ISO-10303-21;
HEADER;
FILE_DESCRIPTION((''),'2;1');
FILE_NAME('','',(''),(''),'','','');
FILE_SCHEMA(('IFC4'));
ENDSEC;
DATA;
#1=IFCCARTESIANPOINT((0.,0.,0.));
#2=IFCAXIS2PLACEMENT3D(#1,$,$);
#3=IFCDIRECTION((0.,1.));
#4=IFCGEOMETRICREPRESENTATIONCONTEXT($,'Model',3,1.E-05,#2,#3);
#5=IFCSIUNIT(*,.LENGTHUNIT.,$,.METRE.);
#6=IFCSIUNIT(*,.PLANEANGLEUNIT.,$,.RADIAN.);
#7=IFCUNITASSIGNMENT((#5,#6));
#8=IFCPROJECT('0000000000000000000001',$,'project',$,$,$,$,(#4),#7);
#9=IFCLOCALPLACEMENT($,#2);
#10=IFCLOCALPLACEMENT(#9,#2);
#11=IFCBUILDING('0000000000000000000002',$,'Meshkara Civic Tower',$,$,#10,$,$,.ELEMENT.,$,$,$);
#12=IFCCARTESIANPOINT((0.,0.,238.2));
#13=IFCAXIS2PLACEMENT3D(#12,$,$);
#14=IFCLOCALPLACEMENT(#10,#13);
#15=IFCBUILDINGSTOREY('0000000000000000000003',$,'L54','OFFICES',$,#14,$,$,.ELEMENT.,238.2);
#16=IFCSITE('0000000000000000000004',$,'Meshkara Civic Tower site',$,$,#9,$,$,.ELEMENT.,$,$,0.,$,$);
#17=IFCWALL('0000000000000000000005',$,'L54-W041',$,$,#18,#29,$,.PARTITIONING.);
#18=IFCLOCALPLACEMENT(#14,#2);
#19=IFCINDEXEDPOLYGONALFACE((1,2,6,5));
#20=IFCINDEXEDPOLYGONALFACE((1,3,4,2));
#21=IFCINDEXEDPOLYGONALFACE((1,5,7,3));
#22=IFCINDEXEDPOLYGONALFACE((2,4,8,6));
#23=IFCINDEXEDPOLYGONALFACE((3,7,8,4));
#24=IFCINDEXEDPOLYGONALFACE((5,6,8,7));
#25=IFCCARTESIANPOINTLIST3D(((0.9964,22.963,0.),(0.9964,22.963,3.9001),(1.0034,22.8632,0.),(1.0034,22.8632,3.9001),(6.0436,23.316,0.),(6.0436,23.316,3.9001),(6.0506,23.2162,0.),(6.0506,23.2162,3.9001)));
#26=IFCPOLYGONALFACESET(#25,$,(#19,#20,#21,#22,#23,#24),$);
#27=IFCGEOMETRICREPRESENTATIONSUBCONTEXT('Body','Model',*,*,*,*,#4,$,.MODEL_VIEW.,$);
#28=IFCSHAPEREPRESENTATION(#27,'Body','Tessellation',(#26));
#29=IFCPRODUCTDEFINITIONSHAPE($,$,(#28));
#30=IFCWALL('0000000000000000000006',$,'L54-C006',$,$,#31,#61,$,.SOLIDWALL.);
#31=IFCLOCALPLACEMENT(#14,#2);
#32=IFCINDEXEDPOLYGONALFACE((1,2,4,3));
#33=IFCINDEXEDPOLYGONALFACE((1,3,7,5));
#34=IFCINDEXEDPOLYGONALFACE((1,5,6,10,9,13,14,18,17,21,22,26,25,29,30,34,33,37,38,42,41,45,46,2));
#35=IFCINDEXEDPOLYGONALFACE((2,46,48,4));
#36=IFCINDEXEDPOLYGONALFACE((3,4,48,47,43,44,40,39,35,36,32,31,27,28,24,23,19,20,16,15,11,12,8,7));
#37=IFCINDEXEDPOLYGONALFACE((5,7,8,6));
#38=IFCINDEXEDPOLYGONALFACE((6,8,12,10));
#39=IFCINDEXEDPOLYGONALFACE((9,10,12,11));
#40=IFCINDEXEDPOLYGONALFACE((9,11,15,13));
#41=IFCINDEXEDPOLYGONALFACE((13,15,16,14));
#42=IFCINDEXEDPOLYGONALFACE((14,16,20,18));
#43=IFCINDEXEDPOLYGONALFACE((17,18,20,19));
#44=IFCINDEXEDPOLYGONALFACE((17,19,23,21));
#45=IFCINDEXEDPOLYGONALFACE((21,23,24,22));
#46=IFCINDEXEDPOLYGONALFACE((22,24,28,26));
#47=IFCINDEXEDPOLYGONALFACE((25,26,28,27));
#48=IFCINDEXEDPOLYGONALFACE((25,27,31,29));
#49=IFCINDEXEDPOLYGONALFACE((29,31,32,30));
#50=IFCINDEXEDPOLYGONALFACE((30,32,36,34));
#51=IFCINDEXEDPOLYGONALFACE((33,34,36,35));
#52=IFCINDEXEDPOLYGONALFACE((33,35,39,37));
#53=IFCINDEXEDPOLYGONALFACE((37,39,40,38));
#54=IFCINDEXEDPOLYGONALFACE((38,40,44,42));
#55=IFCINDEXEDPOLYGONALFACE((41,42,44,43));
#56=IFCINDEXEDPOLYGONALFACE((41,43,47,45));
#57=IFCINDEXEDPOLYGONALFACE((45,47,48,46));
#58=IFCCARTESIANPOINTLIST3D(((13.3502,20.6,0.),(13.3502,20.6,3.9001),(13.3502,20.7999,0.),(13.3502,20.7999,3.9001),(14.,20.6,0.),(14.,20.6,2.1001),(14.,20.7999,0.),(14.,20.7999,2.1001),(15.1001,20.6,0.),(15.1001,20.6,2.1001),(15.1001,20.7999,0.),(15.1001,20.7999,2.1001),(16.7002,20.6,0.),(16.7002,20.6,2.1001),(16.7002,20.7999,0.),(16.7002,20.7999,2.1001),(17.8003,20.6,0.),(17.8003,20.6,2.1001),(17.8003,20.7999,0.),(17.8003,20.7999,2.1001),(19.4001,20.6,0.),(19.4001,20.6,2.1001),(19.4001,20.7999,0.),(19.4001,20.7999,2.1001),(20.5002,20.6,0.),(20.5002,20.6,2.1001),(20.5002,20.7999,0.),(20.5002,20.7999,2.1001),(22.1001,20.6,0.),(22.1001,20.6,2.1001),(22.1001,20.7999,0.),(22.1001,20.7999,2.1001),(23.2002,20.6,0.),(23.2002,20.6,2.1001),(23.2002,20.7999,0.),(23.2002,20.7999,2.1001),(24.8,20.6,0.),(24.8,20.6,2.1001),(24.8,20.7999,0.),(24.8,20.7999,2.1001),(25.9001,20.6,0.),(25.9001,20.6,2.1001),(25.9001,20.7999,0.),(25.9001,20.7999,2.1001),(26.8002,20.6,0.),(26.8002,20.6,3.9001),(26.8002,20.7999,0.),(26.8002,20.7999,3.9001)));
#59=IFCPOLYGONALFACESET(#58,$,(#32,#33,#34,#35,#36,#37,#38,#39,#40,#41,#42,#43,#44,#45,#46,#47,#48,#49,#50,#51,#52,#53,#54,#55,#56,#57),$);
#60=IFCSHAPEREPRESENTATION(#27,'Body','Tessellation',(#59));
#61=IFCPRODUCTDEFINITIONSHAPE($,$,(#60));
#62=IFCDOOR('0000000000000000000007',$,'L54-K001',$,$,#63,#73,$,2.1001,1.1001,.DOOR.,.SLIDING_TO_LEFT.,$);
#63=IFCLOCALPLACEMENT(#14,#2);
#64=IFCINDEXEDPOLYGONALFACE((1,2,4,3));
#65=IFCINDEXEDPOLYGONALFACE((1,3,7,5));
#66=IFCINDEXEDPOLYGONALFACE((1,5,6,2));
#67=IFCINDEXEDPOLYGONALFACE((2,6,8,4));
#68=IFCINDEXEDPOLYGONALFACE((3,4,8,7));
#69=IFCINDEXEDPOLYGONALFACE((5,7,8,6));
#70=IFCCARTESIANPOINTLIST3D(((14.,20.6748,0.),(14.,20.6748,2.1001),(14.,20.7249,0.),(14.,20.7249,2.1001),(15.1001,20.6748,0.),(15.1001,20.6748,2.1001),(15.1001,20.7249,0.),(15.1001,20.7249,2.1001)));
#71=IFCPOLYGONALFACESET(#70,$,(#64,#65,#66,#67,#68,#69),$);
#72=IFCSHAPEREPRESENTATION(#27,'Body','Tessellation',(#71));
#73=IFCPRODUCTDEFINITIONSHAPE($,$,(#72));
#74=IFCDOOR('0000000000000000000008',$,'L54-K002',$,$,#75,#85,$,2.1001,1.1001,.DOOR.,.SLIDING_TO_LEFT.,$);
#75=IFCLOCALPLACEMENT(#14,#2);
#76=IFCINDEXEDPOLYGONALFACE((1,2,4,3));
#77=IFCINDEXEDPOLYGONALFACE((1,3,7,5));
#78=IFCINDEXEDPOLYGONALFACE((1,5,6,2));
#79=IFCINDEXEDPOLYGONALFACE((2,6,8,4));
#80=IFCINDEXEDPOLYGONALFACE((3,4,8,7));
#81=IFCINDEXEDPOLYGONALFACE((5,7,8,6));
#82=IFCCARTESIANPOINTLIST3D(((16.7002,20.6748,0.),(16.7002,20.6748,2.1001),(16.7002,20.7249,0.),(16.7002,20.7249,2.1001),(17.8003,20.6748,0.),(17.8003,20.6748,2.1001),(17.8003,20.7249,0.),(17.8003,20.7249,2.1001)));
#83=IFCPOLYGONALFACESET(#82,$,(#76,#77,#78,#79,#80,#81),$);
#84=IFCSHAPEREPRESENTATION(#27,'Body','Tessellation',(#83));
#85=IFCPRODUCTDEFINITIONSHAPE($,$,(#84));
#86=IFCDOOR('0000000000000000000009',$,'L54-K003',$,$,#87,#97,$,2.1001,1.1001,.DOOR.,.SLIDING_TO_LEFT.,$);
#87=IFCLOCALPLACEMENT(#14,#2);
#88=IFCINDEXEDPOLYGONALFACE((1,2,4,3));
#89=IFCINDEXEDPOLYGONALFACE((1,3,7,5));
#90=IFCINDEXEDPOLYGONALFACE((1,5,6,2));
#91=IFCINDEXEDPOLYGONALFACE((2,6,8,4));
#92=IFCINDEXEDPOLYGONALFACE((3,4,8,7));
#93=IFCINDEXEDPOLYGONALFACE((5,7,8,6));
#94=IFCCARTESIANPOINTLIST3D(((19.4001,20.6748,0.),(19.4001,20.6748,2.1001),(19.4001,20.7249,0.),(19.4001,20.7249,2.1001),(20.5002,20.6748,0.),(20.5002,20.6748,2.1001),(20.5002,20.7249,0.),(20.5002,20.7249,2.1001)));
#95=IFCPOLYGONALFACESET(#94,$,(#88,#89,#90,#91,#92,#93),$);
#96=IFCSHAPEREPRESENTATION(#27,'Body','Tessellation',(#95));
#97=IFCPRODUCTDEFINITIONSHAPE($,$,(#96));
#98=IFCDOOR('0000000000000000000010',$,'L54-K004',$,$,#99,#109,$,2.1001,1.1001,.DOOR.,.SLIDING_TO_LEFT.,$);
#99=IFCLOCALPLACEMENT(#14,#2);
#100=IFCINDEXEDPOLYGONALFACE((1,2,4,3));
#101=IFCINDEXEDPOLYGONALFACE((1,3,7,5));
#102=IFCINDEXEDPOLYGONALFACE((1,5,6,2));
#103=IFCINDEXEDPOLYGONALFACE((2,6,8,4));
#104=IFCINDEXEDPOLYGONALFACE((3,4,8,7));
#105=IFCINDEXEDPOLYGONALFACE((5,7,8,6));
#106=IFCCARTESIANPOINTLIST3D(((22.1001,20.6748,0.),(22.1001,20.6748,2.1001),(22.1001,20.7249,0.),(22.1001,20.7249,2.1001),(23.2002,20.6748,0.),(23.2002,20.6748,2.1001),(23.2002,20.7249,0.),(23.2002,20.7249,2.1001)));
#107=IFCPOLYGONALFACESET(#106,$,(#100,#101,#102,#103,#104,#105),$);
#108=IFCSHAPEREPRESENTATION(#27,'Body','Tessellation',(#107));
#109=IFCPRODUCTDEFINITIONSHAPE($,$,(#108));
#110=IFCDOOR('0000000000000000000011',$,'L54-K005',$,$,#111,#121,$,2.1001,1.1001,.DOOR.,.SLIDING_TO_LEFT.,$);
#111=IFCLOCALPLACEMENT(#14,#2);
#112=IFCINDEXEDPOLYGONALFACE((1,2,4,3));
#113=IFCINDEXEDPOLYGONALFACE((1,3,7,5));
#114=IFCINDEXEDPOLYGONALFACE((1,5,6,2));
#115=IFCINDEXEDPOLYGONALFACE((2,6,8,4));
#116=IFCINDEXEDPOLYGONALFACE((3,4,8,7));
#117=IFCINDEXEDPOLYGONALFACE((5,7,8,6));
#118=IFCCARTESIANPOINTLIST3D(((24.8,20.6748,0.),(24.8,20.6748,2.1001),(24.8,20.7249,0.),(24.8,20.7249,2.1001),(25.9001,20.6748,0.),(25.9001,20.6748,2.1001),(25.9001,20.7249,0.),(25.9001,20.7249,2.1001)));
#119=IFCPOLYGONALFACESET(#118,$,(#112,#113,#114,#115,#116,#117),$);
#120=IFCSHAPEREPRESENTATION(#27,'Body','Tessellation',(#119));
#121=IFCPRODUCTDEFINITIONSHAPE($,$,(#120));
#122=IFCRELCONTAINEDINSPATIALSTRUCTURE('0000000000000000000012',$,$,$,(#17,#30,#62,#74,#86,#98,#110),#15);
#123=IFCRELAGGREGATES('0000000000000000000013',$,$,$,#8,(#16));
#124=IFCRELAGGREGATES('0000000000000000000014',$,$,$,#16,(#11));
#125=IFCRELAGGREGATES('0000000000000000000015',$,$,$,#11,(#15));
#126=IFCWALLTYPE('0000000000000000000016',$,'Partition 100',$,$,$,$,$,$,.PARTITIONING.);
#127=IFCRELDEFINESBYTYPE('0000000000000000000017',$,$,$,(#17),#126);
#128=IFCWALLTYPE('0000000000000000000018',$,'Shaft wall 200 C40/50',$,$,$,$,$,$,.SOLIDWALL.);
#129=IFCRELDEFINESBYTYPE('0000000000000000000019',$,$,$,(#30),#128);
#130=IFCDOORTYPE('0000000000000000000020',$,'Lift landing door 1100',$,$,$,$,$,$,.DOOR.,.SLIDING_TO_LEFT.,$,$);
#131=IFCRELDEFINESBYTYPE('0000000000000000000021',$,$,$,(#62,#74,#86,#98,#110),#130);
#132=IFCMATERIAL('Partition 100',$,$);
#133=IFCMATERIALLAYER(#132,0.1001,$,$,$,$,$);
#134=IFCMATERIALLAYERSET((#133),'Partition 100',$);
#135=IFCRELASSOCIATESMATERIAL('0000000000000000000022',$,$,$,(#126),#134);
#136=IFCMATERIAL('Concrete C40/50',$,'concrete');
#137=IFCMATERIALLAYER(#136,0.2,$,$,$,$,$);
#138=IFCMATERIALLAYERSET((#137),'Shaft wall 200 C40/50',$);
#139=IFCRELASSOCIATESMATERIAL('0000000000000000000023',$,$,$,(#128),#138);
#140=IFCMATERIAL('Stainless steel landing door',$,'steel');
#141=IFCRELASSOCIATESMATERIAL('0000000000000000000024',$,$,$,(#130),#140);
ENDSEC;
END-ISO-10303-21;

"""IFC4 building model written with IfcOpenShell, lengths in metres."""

from ifc_helpers import new_model, si_unit, direction, frame, frame_2d, origin, place, context, subcontext, project, spatial, rectangle, extrude, material, layer, layer_set, type_object, element, fill, save


model = new_model("IFC4")

# Units and contexts
model_context = context("Model", 3, precision=1e-05, world=origin(), true_north=direction((0.0, 1.0)))
body_context = subcontext(model_context, "Body", "Model", "MODEL_VIEW")
ifc_project = project(units=[si_unit("LENGTHUNIT", "METRE"), si_unit("PLANEANGLEUNIT", "RADIAN")], contexts=[model_context])

# Site, building, storey
site_placement = place(None, origin())
site = spatial("IfcSite", under=ifc_project, at=site_placement, Name="Meshkara Civic Tower site", CompositionType="ELEMENT", RefElevation=0.0)
building_placement = place(site_placement, origin())
building = spatial("IfcBuilding", under=site, at=building_placement, Name="Meshkara Civic Tower", CompositionType="ELEMENT")
storey_placement = place(building_placement, frame((0.0, 0.0, 238.2)))
storey = spatial("IfcBuildingStorey", under=building, at=storey_placement, Name="L54", Description="OFFICES", CompositionType="ELEMENT", Elevation=238.2)

# Wall
ifc_material_1 = material(Name="Partition 100")
ifc_layer_1 = layer(ifc_material_1, 0.1001)
ifc_layer_set_1 = layer_set([ifc_layer_1], Name="Partition 100")
wall_type_1 = type_object("IfcWallType", Name="Partition 100", PredefinedType="PARTITIONING", material=ifc_layer_set_1)
wall_1_placement = place(storey_placement, frame((6.0471, 23.2661, 0.0), z_axis=(0.0, 0.0, 1.0), x_axis=(-0.997563, -0.069776, 0.0)))
element("IfcWall", 1, at=wall_1_placement, inside=storey, type_object=wall_type_1, Name="L54-W041", PredefinedType="PARTITIONING", context=body_context, shape_type="SweptSolid", body=[
    extrude(rectangle(XDim=5.0596, YDim=0.1001, at=frame_2d((2.5298, 0.0))), origin(), (0.0, 0.0, 1.0), 3.9001),
])

# Wall, openings, doors
ifc_material_2 = material(Name="Concrete C40/50", Category="concrete")
ifc_layer_2 = layer(ifc_material_2, 0.2)
ifc_layer_set_2 = layer_set([ifc_layer_2], Name="Shaft wall 200 C40/50")
wall_type_2 = type_object("IfcWallType", Name="Shaft wall 200 C40/50", PredefinedType="SOLIDWALL", material=ifc_layer_set_2)
wall_2_placement = place(storey_placement, frame((13.3501, 20.7, 0.0), z_axis=(0.0, 0.0, 1.0), x_axis=(1.0, 0.0, 0.0)))
wall_2 = element("IfcWall", 2, at=wall_2_placement, inside=storey, type_object=wall_type_2, Name="L54-C006", PredefinedType="SOLIDWALL", context=body_context, shape_type="SweptSolid", body=[
    extrude(rectangle(XDim=13.45, YDim=0.2, at=frame_2d((6.7251, 0.0))), origin(), (0.0, 0.0, 1.0), 3.9001),
])
opening_1_placement = place(wall_2_placement, frame((0.6499, 0.0, 0.0)))
opening_1 = element("IfcOpeningElement", 3, at=opening_1_placement, cuts=wall_2, PredefinedType="OPENING", context=body_context, shape_type="SweptSolid", body=[
    extrude(rectangle(XDim=1.1001, YDim=2.1001, at=frame_2d((0.55, 1.05))), frame((0.0, 0.1099, 0.0), z_axis=(0.0, -1.0, 0.0), x_axis=(1.0, 0.0, 0.0)), (0.0, 0.0, 1.0), 0.22),
])
opening_2_placement = place(wall_2_placement, frame((3.3501, 0.0, 0.0)))
opening_2 = element("IfcOpeningElement", 4, at=opening_2_placement, cuts=wall_2, PredefinedType="OPENING", context=body_context, shape_type="SweptSolid", body=[
    extrude(rectangle(XDim=1.1001, YDim=2.1001, at=frame_2d((0.55, 1.05))), frame((0.0, 0.1099, 0.0), z_axis=(0.0, -1.0, 0.0), x_axis=(1.0, 0.0, 0.0)), (0.0, 0.0, 1.0), 0.22),
])
opening_3_placement = place(wall_2_placement, frame((6.05, 0.0, 0.0)))
opening_3 = element("IfcOpeningElement", 5, at=opening_3_placement, cuts=wall_2, PredefinedType="OPENING", context=body_context, shape_type="SweptSolid", body=[
    extrude(rectangle(XDim=1.1001, YDim=2.1001, at=frame_2d((0.55, 1.05))), frame((0.0, 0.1099, 0.0), z_axis=(0.0, -1.0, 0.0), x_axis=(1.0, 0.0, 0.0)), (0.0, 0.0, 1.0), 0.22),
])
opening_4_placement = place(wall_2_placement, frame((8.75, 0.0, 0.0)))
opening_4 = element("IfcOpeningElement", 6, at=opening_4_placement, cuts=wall_2, PredefinedType="OPENING", context=body_context, shape_type="SweptSolid", body=[
    extrude(rectangle(XDim=1.1001, YDim=2.1001, at=frame_2d((0.55, 1.05))), frame((0.0, 0.1099, 0.0), z_axis=(0.0, -1.0, 0.0), x_axis=(1.0, 0.0, 0.0)), (0.0, 0.0, 1.0), 0.22),
])
opening_5_placement = place(wall_2_placement, frame((11.45, 0.0, 0.0)))
opening_5 = element("IfcOpeningElement", 7, at=opening_5_placement, cuts=wall_2, PredefinedType="OPENING", context=body_context, shape_type="SweptSolid", body=[
    extrude(rectangle(XDim=1.1001, YDim=2.1001, at=frame_2d((0.55, 1.05))), frame((0.0, 0.1099, 0.0), z_axis=(0.0, -1.0, 0.0), x_axis=(1.0, 0.0, 0.0)), (0.0, 0.0, 1.0), 0.22),
])
ifc_material_3 = material(Name="Stainless steel landing door", Category="steel")
door_type_1 = type_object("IfcDoorType", Name="Lift landing door 1100", OperationType="SLIDING_TO_LEFT", PredefinedType="DOOR", material=ifc_material_3)
door_1_placement = place(opening_1_placement, origin())
door_1 = element("IfcDoor", 8, at=door_1_placement, inside=storey, type_object=door_type_1, Name="L54-K001", OperationType="SLIDING_TO_LEFT", OverallHeight=2.1001, OverallWidth=1.1001, PredefinedType="DOOR", context=body_context, shape_type="SweptSolid", body=[
    extrude(rectangle(XDim=1.1001, YDim=2.1001, at=frame_2d((0.55, 1.05))), frame((0.0, 0.0249, 0.0), z_axis=(0.0, -1.0, 0.0), x_axis=(1.0, 0.0, 0.0)), (0.0, 0.0, 1.0), 0.05),
])
fill(opening_1, door_1)
door_2_placement = place(opening_2_placement, origin())
door_2 = element("IfcDoor", 9, at=door_2_placement, inside=storey, type_object=door_type_1, Name="L54-K002", OperationType="SLIDING_TO_LEFT", OverallHeight=2.1001, OverallWidth=1.1001, PredefinedType="DOOR", context=body_context, shape_type="SweptSolid", body=[
    extrude(rectangle(XDim=1.1001, YDim=2.1001, at=frame_2d((0.55, 1.05))), frame((0.0, 0.0249, 0.0), z_axis=(0.0, -1.0, 0.0), x_axis=(1.0, 0.0, 0.0)), (0.0, 0.0, 1.0), 0.05),
])
fill(opening_2, door_2)
door_3_placement = place(opening_3_placement, origin())
door_3 = element("IfcDoor", 10, at=door_3_placement, inside=storey, type_object=door_type_1, Name="L54-K003", OperationType="SLIDING_TO_LEFT", OverallHeight=2.1001, OverallWidth=1.1001, PredefinedType="DOOR", context=body_context, shape_type="SweptSolid", body=[
    extrude(rectangle(XDim=1.1001, YDim=2.1001, at=frame_2d((0.55, 1.05))), frame((0.0, 0.0249, 0.0), z_axis=(0.0, -1.0, 0.0), x_axis=(1.0, 0.0, 0.0)), (0.0, 0.0, 1.0), 0.05),
])
fill(opening_3, door_3)
door_4_placement = place(opening_4_placement, origin())
door_4 = element("IfcDoor", 11, at=door_4_placement, inside=storey, type_object=door_type_1, Name="L54-K004", OperationType="SLIDING_TO_LEFT", OverallHeight=2.1001, OverallWidth=1.1001, PredefinedType="DOOR", context=body_context, shape_type="SweptSolid", body=[
    extrude(rectangle(XDim=1.1001, YDim=2.1001, at=frame_2d((0.55, 1.05))), frame((0.0, 0.0249, 0.0), z_axis=(0.0, -1.0, 0.0), x_axis=(1.0, 0.0, 0.0)), (0.0, 0.0, 1.0), 0.05),
])
fill(opening_4, door_4)
door_5_placement = place(opening_5_placement, origin())
door_5 = element("IfcDoor", 12, at=door_5_placement, inside=storey, type_object=door_type_1, Name="L54-K005", OperationType="SLIDING_TO_LEFT", OverallHeight=2.1001, OverallWidth=1.1001, PredefinedType="DOOR", context=body_context, shape_type="SweptSolid", body=[
    extrude(rectangle(XDim=1.1001, YDim=2.1001, at=frame_2d((0.55, 1.05))), frame((0.0, 0.0249, 0.0), z_axis=(0.0, -1.0, 0.0), x_axis=(1.0, 0.0, 0.0)), (0.0, 0.0, 1.0), 0.05),
])
fill(opening_5, door_5)

save(model, "model.ifc")
